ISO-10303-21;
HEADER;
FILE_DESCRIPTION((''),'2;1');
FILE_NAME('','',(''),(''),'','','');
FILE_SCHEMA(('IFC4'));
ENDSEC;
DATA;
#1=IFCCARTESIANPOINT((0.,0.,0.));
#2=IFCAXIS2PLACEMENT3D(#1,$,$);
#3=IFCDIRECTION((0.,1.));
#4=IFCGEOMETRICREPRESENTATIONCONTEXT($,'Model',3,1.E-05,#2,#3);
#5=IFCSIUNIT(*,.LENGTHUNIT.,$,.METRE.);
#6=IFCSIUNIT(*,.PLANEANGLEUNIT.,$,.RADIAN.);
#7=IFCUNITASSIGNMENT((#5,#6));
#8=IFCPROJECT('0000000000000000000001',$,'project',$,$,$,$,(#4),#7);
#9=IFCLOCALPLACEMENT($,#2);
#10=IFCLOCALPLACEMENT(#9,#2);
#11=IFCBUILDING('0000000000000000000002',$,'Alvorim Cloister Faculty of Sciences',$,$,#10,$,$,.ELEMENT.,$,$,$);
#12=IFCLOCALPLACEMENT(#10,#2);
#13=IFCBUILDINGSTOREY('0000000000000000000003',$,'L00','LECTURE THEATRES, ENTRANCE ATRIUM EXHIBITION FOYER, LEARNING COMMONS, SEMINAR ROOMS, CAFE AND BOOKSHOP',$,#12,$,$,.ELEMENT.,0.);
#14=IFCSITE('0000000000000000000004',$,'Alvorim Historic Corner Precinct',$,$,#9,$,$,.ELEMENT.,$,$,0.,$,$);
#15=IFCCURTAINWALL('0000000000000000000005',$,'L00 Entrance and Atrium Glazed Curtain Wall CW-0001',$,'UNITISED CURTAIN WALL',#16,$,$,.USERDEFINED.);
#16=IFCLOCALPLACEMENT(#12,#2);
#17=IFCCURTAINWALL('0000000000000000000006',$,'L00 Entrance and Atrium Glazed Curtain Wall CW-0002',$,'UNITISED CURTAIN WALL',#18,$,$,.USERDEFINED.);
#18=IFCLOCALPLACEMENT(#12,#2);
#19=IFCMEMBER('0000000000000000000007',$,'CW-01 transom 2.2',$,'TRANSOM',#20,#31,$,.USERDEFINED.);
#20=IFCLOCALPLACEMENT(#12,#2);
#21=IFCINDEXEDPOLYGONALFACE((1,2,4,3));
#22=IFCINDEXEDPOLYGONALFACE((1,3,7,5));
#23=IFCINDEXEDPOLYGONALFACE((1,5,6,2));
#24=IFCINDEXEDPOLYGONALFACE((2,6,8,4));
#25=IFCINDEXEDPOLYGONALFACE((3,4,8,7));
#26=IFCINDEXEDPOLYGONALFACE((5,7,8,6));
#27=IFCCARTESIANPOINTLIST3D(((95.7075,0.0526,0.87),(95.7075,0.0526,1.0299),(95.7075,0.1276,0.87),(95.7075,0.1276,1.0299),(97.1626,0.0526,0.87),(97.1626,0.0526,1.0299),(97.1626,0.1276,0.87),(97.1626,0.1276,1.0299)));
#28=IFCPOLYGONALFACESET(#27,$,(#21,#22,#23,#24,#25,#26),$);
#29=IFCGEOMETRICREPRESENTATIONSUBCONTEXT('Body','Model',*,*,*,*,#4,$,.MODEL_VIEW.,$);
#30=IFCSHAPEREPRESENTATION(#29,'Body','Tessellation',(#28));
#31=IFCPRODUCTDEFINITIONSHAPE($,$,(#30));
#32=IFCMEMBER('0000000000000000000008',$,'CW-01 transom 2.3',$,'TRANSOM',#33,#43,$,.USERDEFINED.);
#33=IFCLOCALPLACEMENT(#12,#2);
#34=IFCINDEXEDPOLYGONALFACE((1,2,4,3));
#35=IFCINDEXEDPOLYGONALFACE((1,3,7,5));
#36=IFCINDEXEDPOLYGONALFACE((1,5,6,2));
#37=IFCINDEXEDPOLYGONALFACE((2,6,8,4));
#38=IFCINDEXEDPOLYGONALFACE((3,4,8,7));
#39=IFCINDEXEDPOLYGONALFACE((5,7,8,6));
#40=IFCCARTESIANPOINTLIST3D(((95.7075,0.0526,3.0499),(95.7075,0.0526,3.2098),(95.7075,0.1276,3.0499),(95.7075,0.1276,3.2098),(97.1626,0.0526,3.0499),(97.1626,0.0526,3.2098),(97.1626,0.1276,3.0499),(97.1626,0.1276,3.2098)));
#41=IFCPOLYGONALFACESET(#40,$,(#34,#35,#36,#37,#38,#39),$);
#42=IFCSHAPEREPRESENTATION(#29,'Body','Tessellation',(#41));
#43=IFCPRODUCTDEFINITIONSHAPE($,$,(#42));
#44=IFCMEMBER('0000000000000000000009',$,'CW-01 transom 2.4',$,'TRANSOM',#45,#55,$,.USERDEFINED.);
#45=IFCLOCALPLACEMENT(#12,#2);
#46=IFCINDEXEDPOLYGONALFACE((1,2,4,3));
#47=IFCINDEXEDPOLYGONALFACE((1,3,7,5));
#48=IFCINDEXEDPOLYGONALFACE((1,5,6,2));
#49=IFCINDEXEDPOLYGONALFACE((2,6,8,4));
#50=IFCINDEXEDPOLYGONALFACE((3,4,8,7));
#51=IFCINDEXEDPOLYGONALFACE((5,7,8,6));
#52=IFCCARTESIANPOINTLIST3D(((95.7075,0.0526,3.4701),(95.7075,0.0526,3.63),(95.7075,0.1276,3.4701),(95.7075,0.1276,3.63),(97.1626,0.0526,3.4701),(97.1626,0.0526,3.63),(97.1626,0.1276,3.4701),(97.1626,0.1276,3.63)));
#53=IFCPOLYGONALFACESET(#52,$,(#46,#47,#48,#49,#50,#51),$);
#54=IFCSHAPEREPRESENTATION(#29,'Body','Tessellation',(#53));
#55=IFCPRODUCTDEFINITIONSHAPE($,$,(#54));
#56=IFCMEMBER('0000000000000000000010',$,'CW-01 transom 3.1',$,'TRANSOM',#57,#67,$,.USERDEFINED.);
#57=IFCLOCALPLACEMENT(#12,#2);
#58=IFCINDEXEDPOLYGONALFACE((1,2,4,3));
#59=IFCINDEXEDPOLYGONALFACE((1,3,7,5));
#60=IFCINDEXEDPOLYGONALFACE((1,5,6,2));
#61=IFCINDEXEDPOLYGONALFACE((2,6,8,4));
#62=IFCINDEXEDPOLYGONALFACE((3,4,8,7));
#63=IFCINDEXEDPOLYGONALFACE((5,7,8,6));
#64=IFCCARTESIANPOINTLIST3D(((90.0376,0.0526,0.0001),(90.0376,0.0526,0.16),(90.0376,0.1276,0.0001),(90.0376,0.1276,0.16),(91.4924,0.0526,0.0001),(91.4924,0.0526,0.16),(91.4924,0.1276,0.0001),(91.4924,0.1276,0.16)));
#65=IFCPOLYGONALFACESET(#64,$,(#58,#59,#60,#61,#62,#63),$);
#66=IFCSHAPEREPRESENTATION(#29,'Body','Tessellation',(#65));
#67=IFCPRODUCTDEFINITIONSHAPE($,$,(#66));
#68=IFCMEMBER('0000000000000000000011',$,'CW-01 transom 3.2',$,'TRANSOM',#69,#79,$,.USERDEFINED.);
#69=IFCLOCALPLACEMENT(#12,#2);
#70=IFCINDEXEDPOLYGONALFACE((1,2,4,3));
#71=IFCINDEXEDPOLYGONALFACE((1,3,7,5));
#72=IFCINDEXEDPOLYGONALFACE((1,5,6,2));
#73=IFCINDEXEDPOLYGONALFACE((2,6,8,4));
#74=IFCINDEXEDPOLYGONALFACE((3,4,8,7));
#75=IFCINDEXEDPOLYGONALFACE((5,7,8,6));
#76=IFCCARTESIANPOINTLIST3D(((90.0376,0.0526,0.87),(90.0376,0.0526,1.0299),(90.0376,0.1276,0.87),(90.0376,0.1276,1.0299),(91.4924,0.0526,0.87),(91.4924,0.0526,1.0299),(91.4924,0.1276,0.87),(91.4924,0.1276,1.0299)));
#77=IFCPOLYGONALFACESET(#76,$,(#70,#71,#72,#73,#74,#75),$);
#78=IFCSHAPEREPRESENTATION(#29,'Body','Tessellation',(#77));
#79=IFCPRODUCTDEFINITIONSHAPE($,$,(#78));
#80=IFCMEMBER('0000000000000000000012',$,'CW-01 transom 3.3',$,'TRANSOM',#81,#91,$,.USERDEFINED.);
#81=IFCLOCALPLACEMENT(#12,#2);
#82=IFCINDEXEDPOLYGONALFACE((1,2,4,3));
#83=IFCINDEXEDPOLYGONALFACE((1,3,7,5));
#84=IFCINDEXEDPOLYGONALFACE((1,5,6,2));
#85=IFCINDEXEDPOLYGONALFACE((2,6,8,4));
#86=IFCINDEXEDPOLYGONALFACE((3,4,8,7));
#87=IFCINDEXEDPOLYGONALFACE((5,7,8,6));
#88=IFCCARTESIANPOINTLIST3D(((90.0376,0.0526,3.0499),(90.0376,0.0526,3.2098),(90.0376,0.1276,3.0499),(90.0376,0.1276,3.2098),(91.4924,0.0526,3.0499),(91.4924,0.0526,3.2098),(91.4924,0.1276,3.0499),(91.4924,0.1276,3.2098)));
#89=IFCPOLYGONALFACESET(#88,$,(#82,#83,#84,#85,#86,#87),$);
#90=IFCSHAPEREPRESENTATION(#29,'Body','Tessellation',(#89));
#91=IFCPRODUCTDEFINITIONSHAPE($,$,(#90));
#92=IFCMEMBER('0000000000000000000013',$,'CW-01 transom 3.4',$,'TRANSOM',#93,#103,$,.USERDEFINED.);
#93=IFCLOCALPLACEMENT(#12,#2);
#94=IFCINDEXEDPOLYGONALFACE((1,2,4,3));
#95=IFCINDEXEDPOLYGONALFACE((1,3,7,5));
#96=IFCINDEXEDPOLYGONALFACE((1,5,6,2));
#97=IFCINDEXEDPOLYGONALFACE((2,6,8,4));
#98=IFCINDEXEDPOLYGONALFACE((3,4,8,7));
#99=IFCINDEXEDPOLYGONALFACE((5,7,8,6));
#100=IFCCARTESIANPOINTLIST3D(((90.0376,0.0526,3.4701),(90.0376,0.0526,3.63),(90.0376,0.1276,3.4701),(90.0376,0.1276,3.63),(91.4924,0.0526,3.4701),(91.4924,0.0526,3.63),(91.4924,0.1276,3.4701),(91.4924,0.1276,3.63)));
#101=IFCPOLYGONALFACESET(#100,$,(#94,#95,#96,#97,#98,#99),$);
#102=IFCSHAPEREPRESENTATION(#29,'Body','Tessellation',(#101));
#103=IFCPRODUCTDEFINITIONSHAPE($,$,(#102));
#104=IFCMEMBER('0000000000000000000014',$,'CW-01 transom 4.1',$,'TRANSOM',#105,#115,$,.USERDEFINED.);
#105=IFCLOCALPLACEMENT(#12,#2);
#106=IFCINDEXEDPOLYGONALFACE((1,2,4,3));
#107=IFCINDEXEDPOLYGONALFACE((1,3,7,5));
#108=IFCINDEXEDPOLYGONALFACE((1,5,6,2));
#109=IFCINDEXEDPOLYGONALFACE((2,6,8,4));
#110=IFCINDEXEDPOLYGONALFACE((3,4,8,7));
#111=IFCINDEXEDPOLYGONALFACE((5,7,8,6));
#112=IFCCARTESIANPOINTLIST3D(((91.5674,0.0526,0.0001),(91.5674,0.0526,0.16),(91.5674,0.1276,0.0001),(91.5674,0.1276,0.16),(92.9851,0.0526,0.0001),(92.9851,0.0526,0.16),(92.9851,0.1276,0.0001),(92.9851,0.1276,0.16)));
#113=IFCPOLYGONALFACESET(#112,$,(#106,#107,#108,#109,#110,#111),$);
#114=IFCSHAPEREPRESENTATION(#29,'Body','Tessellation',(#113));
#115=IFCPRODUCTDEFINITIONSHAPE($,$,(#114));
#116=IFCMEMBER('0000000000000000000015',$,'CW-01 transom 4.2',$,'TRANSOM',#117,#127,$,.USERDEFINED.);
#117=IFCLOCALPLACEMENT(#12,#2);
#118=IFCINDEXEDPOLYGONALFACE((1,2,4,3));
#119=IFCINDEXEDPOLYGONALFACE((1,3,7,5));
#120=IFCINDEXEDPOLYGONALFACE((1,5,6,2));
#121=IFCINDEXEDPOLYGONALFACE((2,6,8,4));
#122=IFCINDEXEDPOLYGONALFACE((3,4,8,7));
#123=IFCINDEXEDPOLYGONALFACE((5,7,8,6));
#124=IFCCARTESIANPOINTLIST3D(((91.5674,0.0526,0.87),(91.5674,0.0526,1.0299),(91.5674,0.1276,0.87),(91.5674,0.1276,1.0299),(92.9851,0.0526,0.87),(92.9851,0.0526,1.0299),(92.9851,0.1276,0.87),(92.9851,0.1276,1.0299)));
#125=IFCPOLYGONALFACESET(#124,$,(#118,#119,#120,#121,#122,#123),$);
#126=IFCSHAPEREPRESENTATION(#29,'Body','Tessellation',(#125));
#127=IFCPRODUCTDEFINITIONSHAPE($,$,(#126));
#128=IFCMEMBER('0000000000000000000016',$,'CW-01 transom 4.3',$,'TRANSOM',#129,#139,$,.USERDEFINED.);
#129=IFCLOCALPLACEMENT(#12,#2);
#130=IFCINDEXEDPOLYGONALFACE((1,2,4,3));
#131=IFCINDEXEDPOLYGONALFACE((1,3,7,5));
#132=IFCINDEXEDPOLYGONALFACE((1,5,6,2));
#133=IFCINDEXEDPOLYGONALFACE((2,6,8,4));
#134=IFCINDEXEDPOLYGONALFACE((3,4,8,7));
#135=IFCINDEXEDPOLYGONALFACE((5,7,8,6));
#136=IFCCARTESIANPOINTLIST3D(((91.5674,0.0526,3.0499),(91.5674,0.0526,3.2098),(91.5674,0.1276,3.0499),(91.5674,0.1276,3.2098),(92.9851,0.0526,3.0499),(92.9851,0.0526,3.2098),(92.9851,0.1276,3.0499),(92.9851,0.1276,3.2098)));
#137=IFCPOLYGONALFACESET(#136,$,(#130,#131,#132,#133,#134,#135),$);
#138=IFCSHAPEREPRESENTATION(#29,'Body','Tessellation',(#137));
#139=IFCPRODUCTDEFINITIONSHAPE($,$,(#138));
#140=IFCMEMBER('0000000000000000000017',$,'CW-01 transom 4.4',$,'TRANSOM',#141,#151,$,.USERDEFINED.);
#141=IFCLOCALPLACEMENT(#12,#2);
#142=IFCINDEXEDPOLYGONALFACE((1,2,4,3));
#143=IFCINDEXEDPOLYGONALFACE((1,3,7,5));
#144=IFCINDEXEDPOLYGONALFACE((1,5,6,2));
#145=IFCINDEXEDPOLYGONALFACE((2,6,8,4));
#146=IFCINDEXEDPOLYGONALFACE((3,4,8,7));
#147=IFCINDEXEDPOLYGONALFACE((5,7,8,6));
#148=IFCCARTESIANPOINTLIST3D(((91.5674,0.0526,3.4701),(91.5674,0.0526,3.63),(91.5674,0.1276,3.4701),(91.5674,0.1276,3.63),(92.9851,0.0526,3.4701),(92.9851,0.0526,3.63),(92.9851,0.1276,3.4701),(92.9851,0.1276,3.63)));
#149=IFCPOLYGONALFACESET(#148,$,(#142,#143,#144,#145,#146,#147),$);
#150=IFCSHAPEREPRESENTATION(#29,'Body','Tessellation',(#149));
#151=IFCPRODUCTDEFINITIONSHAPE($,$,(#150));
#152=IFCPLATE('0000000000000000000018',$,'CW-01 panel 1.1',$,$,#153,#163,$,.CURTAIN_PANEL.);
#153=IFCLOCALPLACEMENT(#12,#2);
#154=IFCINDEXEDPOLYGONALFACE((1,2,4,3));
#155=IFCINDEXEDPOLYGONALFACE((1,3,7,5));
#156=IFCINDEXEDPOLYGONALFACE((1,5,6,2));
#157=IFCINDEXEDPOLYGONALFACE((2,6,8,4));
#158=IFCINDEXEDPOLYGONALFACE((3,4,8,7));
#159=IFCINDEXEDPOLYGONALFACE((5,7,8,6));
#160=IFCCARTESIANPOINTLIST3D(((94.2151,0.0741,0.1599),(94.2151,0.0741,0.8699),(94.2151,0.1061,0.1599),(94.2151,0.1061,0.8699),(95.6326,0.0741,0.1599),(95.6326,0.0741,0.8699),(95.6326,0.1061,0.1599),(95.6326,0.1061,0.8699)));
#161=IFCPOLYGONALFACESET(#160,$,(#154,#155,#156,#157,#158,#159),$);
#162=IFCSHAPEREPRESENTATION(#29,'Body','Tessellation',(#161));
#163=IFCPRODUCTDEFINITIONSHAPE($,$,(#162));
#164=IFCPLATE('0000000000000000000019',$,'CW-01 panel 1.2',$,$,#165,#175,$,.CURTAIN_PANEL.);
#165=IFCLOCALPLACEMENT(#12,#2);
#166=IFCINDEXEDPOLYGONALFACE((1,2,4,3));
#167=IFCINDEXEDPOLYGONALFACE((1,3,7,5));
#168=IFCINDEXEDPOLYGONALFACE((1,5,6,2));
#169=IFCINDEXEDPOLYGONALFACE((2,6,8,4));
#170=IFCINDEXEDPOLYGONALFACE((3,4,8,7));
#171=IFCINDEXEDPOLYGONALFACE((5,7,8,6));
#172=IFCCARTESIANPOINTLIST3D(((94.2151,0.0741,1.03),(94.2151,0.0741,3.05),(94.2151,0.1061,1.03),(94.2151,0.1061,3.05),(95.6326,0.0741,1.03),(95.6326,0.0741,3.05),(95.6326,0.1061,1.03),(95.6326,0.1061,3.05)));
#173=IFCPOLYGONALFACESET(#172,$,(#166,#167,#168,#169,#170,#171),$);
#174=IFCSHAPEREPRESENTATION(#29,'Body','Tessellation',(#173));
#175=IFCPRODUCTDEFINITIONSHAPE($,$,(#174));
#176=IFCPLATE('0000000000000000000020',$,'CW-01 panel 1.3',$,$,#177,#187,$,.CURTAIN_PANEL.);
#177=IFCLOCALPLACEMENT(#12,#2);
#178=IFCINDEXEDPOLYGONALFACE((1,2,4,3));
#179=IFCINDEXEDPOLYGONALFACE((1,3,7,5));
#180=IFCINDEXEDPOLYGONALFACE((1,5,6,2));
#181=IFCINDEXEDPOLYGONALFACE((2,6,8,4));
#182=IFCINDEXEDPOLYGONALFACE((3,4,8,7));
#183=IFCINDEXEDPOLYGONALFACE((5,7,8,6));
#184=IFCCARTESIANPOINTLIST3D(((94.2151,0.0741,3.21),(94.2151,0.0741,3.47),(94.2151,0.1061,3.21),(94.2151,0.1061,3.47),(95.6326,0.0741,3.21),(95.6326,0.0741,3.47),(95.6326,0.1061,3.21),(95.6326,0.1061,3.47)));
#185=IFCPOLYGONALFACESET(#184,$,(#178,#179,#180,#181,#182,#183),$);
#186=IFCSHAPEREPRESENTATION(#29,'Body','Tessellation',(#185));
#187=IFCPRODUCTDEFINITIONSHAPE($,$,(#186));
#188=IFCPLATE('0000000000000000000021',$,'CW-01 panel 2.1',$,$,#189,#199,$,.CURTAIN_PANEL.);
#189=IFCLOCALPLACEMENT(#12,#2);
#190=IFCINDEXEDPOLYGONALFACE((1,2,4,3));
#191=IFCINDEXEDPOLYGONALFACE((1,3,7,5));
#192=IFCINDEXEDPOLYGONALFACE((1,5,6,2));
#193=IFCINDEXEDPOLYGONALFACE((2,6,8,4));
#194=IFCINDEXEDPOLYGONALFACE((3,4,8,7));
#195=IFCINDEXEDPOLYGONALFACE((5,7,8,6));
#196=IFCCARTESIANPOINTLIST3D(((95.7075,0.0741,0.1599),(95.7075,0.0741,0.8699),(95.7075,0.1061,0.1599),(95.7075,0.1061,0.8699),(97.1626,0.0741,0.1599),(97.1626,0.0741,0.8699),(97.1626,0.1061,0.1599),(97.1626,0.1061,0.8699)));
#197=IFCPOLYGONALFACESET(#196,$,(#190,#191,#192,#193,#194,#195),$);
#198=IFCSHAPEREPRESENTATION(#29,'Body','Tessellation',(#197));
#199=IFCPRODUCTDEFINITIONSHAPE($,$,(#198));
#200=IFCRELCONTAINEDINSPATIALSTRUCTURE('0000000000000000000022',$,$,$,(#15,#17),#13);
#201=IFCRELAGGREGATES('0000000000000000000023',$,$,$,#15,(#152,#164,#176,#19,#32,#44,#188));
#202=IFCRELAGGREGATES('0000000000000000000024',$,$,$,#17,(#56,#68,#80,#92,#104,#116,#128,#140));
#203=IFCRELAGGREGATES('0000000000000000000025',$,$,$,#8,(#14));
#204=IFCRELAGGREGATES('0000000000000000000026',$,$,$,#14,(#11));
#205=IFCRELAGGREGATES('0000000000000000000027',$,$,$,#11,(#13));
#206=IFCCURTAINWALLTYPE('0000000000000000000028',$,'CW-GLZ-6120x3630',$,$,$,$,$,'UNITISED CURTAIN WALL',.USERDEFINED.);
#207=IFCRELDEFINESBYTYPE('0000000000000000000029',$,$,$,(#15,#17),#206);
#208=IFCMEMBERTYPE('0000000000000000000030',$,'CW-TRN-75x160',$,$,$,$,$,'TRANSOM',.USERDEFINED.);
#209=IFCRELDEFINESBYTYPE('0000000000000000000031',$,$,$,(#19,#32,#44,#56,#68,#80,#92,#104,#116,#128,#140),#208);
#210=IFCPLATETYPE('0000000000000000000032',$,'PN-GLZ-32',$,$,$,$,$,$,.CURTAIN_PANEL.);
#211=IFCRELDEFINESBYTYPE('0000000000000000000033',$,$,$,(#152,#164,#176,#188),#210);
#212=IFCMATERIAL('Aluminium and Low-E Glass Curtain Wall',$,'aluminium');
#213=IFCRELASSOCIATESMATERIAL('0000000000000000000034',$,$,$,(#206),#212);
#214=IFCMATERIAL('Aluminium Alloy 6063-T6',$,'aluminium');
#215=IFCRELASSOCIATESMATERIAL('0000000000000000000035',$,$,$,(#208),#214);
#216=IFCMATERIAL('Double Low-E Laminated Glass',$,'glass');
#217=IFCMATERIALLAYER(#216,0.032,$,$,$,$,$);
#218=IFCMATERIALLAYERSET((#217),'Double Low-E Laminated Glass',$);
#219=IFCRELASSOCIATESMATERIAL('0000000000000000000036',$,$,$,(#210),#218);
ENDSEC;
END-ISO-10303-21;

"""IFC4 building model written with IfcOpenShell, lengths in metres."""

from ifc_helpers import new_model, si_unit, direction, frame, origin, origin_2d, place, context, subcontext, project, spatial, rectangle, extrude, material, layer, layer_set, material_profile, profile_set, type_object, element, aggregate, save


model = new_model("IFC4")

# Units and contexts
model_context = context("Model", 3, precision=1e-05, world=origin(), true_north=direction((0.0, 1.0)))
body_context = subcontext(model_context, "Body", "Model", "MODEL_VIEW")
ifc_project = project(units=[si_unit("LENGTHUNIT", "METRE"), si_unit("PLANEANGLEUNIT", "RADIAN")], contexts=[model_context])

# Site, building, storey
site_placement = place(None, origin())
site = spatial("IfcSite", under=ifc_project, at=site_placement, Name="Alvorim Historic Corner Precinct", CompositionType="ELEMENT", RefElevation=0.0)
building_placement = place(site_placement, origin())
building = spatial("IfcBuilding", under=site, at=building_placement, Name="Alvorim Cloister Faculty of Sciences", CompositionType="ELEMENT")
storey_placement = place(building_placement, origin())
storey = spatial("IfcBuildingStorey", under=building, at=storey_placement, Name="L00", Description="LECTURE THEATRES, ENTRANCE ATRIUM EXHIBITION FOYER, LEARNING COMMONS, SEMINAR ROOMS, CAFE AND BOOKSHOP", CompositionType="ELEMENT", Elevation=0.0)

# Curtain walls
ifc_material_1 = material(Name="Aluminium and Low-E Glass Curtain Wall", Category="aluminium")
curtain_wall_type = type_object("IfcCurtainWallType", Name="CW-GLZ-6120x3630", ElementType="UNITISED CURTAIN WALL", PredefinedType="USERDEFINED", material=ifc_material_1)
curtain_wall_1_placement = place(storey_placement, origin())
curtain_wall_1 = element("IfcCurtainWall", 1, at=curtain_wall_1_placement, inside=storey, type_object=curtain_wall_type, Name="L00 Entrance and Atrium Glazed Curtain Wall CW-0001", ObjectType="UNITISED CURTAIN WALL", PredefinedType="USERDEFINED")
ifc_material_2 = material(Name="Aluminium Alloy 6063-T6", Category="aluminium")
curtain_wall_2_placement = place(storey_placement, origin())
curtain_wall_2 = element("IfcCurtainWall", 2, at=curtain_wall_2_placement, inside=storey, type_object=curtain_wall_type, Name="L00 Entrance and Atrium Glazed Curtain Wall CW-0002", ObjectType="UNITISED CURTAIN WALL", PredefinedType="USERDEFINED")

# Members
ifc_material_profile_1 = material_profile(ifc_material_2, rectangle(XDim=0.075, YDim=0.1599, at=origin_2d()), Name="ALU-TRN-75x160")
ifc_profile_set_1 = profile_set([ifc_material_profile_1], Name="Aluminium Alloy 6063-T6")
member_type_1 = type_object("IfcMemberType", Name="CW-TRN-75x160", ElementType="TRANSOM", PredefinedType="USERDEFINED", material=ifc_profile_set_1)
member_1_placement = place(storey_placement, frame((95.7075, 0.0901, 0.95), z_axis=(1.0, 0.0, 0.0), x_axis=(0.0, 1.0, 0.0)))
member_1 = element("IfcMember", 3, at=member_1_placement, type_object=member_type_1, Name="CW-01 transom 2.2", ObjectType="TRANSOM", PredefinedType="USERDEFINED", context=body_context, shape_type="SweptSolid", body=[
    extrude(rectangle(XDim=0.075, YDim=0.1599, at=origin_2d()), origin(), (0.0, 0.0, 1.0), 1.4551),
])
member_2_placement = place(storey_placement, frame((95.7075, 0.0901, 3.1299), z_axis=(1.0, 0.0, 0.0), x_axis=(0.0, 1.0, 0.0)))
member_2 = element("IfcMember", 4, at=member_2_placement, type_object=member_type_1, Name="CW-01 transom 2.3", ObjectType="TRANSOM", PredefinedType="USERDEFINED", context=body_context, shape_type="SweptSolid", body=[
    extrude(rectangle(XDim=0.075, YDim=0.1599, at=origin_2d()), origin(), (0.0, 0.0, 1.0), 1.4551),
])
member_3_placement = place(storey_placement, frame((95.7075, 0.0901, 3.55), z_axis=(1.0, 0.0, 0.0), x_axis=(0.0, 1.0, 0.0)))
member_3 = element("IfcMember", 5, at=member_3_placement, type_object=member_type_1, Name="CW-01 transom 2.4", ObjectType="TRANSOM", PredefinedType="USERDEFINED", context=body_context, shape_type="SweptSolid", body=[
    extrude(rectangle(XDim=0.075, YDim=0.1599, at=origin_2d()), origin(), (0.0, 0.0, 1.0), 1.4551),
])
member_4_placement = place(storey_placement, frame((90.0376, 0.0901, 0.0801), z_axis=(1.0, 0.0, 0.0), x_axis=(0.0, 1.0, 0.0)))
member_4 = element("IfcMember", 6, at=member_4_placement, type_object=member_type_1, Name="CW-01 transom 3.1", ObjectType="TRANSOM", PredefinedType="USERDEFINED", context=body_context, shape_type="SweptSolid", body=[
    extrude(rectangle(XDim=0.075, YDim=0.1599, at=origin_2d()), origin(), (0.0, 0.0, 1.0), 1.4548),
])
member_5_placement = place(storey_placement, frame((90.0376, 0.0901, 0.95), z_axis=(1.0, 0.0, 0.0), x_axis=(0.0, 1.0, 0.0)))
member_5 = element("IfcMember", 7, at=member_5_placement, type_object=member_type_1, Name="CW-01 transom 3.2", ObjectType="TRANSOM", PredefinedType="USERDEFINED", context=body_context, shape_type="SweptSolid", body=[
    extrude(rectangle(XDim=0.075, YDim=0.1599, at=origin_2d()), origin(), (0.0, 0.0, 1.0), 1.4548),
])
member_6_placement = place(storey_placement, frame((90.0376, 0.0901, 3.1299), z_axis=(1.0, 0.0, 0.0), x_axis=(0.0, 1.0, 0.0)))
member_6 = element("IfcMember", 8, at=member_6_placement, type_object=member_type_1, Name="CW-01 transom 3.3", ObjectType="TRANSOM", PredefinedType="USERDEFINED", context=body_context, shape_type="SweptSolid", body=[
    extrude(rectangle(XDim=0.075, YDim=0.1599, at=origin_2d()), origin(), (0.0, 0.0, 1.0), 1.4548),
])
member_7_placement = place(storey_placement, frame((90.0376, 0.0901, 3.55), z_axis=(1.0, 0.0, 0.0), x_axis=(0.0, 1.0, 0.0)))
member_7 = element("IfcMember", 9, at=member_7_placement, type_object=member_type_1, Name="CW-01 transom 3.4", ObjectType="TRANSOM", PredefinedType="USERDEFINED", context=body_context, shape_type="SweptSolid", body=[
    extrude(rectangle(XDim=0.075, YDim=0.1599, at=origin_2d()), origin(), (0.0, 0.0, 1.0), 1.4548),
])
member_8_placement = place(storey_placement, frame((91.5674, 0.0901, 0.0801), z_axis=(1.0, 0.0, 0.0), x_axis=(0.0, 1.0, 0.0)))
member_8 = element("IfcMember", 10, at=member_8_placement, type_object=member_type_1, Name="CW-01 transom 4.1", ObjectType="TRANSOM", PredefinedType="USERDEFINED", context=body_context, shape_type="SweptSolid", body=[
    extrude(rectangle(XDim=0.075, YDim=0.1599, at=origin_2d()), origin(), (0.0, 0.0, 1.0), 1.4177),
])
member_9_placement = place(storey_placement, frame((91.5674, 0.0901, 0.95), z_axis=(1.0, 0.0, 0.0), x_axis=(0.0, 1.0, 0.0)))
member_9 = element("IfcMember", 11, at=member_9_placement, type_object=member_type_1, Name="CW-01 transom 4.2", ObjectType="TRANSOM", PredefinedType="USERDEFINED", context=body_context, shape_type="SweptSolid", body=[
    extrude(rectangle(XDim=0.075, YDim=0.1599, at=origin_2d()), origin(), (0.0, 0.0, 1.0), 1.4177),
])
member_10_placement = place(storey_placement, frame((91.5674, 0.0901, 3.1299), z_axis=(1.0, 0.0, 0.0), x_axis=(0.0, 1.0, 0.0)))
member_10 = element("IfcMember", 12, at=member_10_placement, type_object=member_type_1, Name="CW-01 transom 4.3", ObjectType="TRANSOM", PredefinedType="USERDEFINED", context=body_context, shape_type="SweptSolid", body=[
    extrude(rectangle(XDim=0.075, YDim=0.1599, at=origin_2d()), origin(), (0.0, 0.0, 1.0), 1.4177),
])
member_11_placement = place(storey_placement, frame((91.5674, 0.0901, 3.55), z_axis=(1.0, 0.0, 0.0), x_axis=(0.0, 1.0, 0.0)))
member_11 = element("IfcMember", 13, at=member_11_placement, type_object=member_type_1, Name="CW-01 transom 4.4", ObjectType="TRANSOM", PredefinedType="USERDEFINED", context=body_context, shape_type="SweptSolid", body=[
    extrude(rectangle(XDim=0.075, YDim=0.1599, at=origin_2d()), origin(), (0.0, 0.0, 1.0), 1.4177),
])

# Plates
ifc_material_3 = material(Name="Double Low-E Laminated Glass", Category="glass")
ifc_layer_1 = layer(ifc_material_3, 0.032)
ifc_layer_set_1 = layer_set([ifc_layer_1], Name="Double Low-E Laminated Glass")
plate_type_1 = type_object("IfcPlateType", Name="PN-GLZ-32", PredefinedType="CURTAIN_PANEL", material=ifc_layer_set_1)
plate_1_placement = place(storey_placement, frame((94.9238, 0.0901, 0.1599), z_axis=(0.0, 0.0, 1.0), x_axis=(1.0, 0.0, 0.0)))
plate_1 = element("IfcPlate", 14, at=plate_1_placement, type_object=plate_type_1, Name="CW-01 panel 1.1", PredefinedType="CURTAIN_PANEL", context=body_context, shape_type="SweptSolid", body=[
    extrude(rectangle(XDim=1.4175, YDim=0.032, at=origin_2d()), origin(), (0.0, 0.0, 1.0), 0.71),
])
plate_2_placement = place(storey_placement, frame((94.9238, 0.0901, 1.03), z_axis=(0.0, 0.0, 1.0), x_axis=(1.0, 0.0, 0.0)))
plate_2 = element("IfcPlate", 15, at=plate_2_placement, type_object=plate_type_1, Name="CW-01 panel 1.2", PredefinedType="CURTAIN_PANEL", context=body_context, shape_type="SweptSolid", body=[
    extrude(rectangle(XDim=1.4175, YDim=0.032, at=origin_2d()), origin(), (0.0, 0.0, 1.0), 2.02),
])
plate_3_placement = place(storey_placement, frame((94.9238, 0.0901, 3.21), z_axis=(0.0, 0.0, 1.0), x_axis=(1.0, 0.0, 0.0)))
plate_3 = element("IfcPlate", 16, at=plate_3_placement, type_object=plate_type_1, Name="CW-01 panel 1.3", PredefinedType="CURTAIN_PANEL", context=body_context, shape_type="SweptSolid", body=[
    extrude(rectangle(XDim=1.4175, YDim=0.032, at=origin_2d()), origin(), (0.0, 0.0, 1.0), 0.26),
])
plate_4_placement = place(storey_placement, frame((96.4351, 0.0901, 0.1599), z_axis=(0.0, 0.0, 1.0), x_axis=(1.0, 0.0, 0.0)))
plate_4 = element("IfcPlate", 17, at=plate_4_placement, type_object=plate_type_1, Name="CW-01 panel 2.1", PredefinedType="CURTAIN_PANEL", context=body_context, shape_type="SweptSolid", body=[
    extrude(rectangle(XDim=1.4551, YDim=0.032, at=origin_2d()), origin(), (0.0, 0.0, 1.0), 0.71),
])
aggregate(curtain_wall_1, [plate_1, plate_2, plate_3, member_1, member_2, member_3, plate_4])
aggregate(curtain_wall_2, [member_4, member_5, member_6, member_7, member_8, member_9, member_10, member_11])

save(model, "model.ifc")
